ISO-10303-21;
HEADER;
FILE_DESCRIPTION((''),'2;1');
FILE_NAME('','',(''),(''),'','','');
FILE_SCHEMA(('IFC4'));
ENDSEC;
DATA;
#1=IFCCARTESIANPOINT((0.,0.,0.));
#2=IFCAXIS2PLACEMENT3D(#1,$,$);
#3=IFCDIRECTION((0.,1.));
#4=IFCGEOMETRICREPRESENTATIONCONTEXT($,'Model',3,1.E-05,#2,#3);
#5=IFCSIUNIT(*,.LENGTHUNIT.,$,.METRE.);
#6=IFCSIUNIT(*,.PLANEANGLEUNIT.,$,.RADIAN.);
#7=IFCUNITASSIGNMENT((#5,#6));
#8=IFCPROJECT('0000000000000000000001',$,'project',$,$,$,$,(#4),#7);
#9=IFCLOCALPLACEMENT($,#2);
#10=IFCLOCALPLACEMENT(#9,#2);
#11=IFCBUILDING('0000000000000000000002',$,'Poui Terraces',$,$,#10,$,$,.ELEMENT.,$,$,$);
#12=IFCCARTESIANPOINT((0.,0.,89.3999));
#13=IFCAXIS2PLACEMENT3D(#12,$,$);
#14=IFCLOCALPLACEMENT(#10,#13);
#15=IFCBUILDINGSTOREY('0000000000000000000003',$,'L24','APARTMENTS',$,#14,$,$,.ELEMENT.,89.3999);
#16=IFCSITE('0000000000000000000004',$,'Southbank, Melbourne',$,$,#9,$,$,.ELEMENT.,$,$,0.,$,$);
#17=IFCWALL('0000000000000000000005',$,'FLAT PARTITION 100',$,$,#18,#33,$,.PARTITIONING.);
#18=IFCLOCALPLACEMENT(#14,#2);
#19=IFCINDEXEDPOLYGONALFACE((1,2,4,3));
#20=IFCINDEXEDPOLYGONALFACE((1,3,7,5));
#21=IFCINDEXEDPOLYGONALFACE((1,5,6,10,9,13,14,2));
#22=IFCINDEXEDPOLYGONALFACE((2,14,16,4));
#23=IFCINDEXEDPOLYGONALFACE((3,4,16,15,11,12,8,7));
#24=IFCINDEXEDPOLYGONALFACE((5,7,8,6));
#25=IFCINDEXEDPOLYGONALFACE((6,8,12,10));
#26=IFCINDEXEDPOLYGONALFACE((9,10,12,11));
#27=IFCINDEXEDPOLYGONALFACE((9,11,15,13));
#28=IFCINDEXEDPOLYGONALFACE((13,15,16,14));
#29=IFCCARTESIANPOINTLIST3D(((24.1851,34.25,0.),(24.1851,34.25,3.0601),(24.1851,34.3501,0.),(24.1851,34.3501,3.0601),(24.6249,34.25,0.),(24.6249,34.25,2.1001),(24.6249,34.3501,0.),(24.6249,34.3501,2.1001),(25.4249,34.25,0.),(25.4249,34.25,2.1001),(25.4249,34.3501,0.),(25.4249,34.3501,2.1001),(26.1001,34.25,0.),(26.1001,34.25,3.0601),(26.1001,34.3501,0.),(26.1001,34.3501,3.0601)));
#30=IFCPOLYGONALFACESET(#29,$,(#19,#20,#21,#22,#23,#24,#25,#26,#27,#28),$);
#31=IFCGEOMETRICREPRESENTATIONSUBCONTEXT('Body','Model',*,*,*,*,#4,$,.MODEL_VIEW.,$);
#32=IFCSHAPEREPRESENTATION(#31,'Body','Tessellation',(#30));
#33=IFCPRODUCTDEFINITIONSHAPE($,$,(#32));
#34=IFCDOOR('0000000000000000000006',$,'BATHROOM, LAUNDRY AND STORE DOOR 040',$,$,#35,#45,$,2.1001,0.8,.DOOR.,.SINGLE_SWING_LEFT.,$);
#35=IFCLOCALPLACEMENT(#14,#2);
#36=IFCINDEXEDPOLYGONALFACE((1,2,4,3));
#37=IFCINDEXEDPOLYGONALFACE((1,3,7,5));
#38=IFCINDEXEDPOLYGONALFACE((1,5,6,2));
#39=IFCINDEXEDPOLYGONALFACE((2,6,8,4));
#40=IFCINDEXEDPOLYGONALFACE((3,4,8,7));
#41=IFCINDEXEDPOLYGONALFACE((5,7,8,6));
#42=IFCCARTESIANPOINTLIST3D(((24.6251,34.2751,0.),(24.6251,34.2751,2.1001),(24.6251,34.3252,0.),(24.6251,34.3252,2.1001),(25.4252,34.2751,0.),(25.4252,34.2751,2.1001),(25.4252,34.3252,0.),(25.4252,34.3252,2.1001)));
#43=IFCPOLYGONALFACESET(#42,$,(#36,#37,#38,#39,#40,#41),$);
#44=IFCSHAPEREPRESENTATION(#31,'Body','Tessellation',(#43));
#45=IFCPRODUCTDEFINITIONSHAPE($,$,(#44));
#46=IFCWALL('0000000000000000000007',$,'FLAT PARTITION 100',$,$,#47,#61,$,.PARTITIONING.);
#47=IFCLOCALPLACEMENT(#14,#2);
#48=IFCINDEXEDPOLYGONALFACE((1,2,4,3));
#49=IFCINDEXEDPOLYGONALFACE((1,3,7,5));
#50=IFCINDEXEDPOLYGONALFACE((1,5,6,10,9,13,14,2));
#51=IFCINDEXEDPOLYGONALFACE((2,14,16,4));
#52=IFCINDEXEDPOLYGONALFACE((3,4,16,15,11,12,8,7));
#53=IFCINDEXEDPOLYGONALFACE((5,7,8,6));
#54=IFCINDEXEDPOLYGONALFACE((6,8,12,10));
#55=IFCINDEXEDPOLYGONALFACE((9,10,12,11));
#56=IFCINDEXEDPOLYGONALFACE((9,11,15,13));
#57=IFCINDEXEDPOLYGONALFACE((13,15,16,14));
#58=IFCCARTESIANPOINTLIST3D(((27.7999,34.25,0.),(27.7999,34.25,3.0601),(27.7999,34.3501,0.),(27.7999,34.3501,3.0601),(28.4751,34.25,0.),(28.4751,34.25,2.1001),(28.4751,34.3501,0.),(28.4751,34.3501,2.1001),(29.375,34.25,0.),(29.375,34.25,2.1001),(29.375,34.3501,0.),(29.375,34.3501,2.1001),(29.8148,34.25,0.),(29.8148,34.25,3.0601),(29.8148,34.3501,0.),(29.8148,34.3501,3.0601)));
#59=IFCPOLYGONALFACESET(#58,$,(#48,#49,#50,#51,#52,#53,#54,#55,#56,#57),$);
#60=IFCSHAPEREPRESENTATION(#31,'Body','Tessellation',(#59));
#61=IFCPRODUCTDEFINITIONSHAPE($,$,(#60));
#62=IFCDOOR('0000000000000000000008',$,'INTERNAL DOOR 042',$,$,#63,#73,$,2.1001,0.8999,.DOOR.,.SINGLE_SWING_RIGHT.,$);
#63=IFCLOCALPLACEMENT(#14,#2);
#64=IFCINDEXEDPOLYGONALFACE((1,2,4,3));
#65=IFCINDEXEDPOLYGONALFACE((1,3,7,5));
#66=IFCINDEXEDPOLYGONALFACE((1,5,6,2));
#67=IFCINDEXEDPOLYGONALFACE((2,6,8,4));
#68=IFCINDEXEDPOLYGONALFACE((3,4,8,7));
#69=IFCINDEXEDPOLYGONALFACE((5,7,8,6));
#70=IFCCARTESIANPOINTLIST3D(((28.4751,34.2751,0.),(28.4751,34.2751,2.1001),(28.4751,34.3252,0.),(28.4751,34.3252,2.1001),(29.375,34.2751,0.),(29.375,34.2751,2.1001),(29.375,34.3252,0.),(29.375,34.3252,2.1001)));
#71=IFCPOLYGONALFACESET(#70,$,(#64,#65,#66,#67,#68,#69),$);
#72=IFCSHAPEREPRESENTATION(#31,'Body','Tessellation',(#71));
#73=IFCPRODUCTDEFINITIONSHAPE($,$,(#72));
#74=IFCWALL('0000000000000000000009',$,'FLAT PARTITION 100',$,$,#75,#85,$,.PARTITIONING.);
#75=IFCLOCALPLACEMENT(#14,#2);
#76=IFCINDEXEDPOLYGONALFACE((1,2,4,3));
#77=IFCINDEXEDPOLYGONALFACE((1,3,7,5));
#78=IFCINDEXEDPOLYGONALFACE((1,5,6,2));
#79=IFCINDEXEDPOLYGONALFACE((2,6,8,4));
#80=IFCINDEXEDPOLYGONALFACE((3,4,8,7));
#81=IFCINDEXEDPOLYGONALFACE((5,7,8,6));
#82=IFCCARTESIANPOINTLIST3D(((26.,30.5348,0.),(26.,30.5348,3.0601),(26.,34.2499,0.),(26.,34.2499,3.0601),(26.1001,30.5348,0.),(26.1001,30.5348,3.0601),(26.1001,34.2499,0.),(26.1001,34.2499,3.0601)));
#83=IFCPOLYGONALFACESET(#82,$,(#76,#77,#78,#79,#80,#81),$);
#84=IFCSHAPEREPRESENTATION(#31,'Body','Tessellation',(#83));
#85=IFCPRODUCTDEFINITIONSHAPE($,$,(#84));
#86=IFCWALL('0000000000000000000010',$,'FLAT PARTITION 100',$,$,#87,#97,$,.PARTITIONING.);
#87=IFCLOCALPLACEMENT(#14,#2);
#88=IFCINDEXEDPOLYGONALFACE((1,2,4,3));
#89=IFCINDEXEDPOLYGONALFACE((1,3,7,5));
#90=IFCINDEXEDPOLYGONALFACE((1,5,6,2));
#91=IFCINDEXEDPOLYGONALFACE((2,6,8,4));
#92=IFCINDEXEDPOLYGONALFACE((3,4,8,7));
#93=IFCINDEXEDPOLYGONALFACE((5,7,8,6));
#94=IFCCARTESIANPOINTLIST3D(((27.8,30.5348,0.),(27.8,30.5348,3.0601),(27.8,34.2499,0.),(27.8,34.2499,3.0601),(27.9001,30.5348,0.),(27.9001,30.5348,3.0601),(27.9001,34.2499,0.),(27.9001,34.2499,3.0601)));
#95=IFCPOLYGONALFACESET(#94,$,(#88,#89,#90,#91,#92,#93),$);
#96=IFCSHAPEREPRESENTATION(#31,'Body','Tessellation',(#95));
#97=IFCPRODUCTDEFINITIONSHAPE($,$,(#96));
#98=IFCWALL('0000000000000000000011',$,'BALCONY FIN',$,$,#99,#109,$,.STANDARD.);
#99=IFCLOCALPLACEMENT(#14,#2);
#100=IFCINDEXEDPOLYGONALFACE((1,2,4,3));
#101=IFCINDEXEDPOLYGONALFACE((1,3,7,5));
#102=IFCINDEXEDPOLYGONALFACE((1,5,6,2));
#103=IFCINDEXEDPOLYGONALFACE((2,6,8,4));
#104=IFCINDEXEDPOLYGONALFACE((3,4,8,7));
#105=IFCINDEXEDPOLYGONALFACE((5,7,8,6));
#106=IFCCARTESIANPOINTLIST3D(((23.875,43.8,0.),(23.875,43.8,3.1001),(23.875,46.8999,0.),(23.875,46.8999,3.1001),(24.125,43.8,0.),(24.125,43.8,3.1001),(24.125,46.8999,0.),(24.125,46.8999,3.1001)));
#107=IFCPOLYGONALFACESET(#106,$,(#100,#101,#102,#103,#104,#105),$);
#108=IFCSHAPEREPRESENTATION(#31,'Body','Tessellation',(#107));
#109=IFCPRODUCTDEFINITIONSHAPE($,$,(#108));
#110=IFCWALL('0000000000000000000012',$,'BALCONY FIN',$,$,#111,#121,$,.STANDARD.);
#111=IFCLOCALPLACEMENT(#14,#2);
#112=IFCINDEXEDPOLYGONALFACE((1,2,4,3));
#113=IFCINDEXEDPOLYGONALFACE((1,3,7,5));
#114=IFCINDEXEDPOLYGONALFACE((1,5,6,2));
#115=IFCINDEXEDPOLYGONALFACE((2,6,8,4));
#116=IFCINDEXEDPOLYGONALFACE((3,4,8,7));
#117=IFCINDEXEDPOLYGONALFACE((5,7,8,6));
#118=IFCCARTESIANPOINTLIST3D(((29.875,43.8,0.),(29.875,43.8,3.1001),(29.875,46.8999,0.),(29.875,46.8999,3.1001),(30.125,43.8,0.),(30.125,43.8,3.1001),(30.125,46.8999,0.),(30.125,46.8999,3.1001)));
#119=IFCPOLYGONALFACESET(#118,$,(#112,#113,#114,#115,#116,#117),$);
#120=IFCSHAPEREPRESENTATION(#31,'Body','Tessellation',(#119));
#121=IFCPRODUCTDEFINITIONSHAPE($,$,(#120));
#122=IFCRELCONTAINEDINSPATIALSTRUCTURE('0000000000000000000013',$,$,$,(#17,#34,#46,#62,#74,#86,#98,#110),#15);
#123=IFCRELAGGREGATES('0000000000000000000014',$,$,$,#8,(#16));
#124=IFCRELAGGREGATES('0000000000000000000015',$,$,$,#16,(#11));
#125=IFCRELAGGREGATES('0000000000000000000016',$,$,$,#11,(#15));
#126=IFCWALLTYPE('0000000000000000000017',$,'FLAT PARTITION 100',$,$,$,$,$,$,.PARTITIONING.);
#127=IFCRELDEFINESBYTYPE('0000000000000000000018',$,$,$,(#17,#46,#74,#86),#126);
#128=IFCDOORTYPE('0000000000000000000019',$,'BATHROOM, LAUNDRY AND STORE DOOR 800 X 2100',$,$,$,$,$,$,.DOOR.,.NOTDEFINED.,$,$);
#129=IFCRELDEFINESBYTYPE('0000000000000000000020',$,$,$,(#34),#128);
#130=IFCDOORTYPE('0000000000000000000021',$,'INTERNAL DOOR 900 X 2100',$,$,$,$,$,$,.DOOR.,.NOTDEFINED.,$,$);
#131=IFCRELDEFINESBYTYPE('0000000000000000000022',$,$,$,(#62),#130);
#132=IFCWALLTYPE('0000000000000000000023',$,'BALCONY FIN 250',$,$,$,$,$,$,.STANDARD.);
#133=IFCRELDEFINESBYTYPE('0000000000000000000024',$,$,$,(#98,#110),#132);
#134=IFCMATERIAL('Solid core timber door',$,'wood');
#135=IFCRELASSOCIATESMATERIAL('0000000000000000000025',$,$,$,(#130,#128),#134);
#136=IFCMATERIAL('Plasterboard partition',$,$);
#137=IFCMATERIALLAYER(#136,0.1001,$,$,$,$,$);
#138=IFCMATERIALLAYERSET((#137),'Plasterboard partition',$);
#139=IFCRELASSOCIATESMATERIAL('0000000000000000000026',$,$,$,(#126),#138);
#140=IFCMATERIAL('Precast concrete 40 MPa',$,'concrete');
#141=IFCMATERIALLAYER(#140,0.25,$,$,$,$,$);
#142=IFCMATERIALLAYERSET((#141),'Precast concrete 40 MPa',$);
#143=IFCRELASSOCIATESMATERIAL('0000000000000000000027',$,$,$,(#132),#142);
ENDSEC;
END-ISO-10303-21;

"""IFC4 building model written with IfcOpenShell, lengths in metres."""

from ifc_helpers import new_model, si_unit, direction, frame, frame_2d, origin, place, context, subcontext, project, spatial, polyline, rectangle, outline, extrude, source, transform, mapped, material, layer, layer_set, type_object, element, fill, save


model = new_model("IFC4")

# Units and contexts
model_context = context("Model", 3, precision=1e-05, world=origin(), true_north=direction((0.0, 1.0)))
body_context = subcontext(model_context, "Body", "Model", "MODEL_VIEW")
ifc_project = project(units=[si_unit("LENGTHUNIT", "METRE"), si_unit("PLANEANGLEUNIT", "RADIAN")], contexts=[model_context])

# Site, building, storey
site_placement = place(None, origin())
site = spatial("IfcSite", under=ifc_project, at=site_placement, Name="Southbank, Melbourne", CompositionType="ELEMENT", RefElevation=0.0)
building_placement = place(site_placement, origin())
building = spatial("IfcBuilding", under=site, at=building_placement, Name="Poui Terraces", CompositionType="ELEMENT")
storey_placement = place(building_placement, frame((0.0, 0.0, 89.3999)))
storey = spatial("IfcBuildingStorey", under=building, at=storey_placement, Name="L24", Description="APARTMENTS", CompositionType="ELEMENT", Elevation=89.3999)

# Walls, openings, doors
ifc_material_1 = material(Name="Solid core timber door", Category="wood")
door_type_1 = type_object("IfcDoorType", Name="INTERNAL DOOR 900 X 2100", OperationType="NOTDEFINED", PredefinedType="DOOR", material=ifc_material_1)
ifc_material_2 = material(Name="Plasterboard partition")
ifc_layer_1 = layer(ifc_material_2, 0.1001)
ifc_layer_set_1 = layer_set([ifc_layer_1], Name="Plasterboard partition")
wall_type_1 = type_object("IfcWallType", Name="FLAT PARTITION 100", PredefinedType="PARTITIONING", material=ifc_layer_set_1)
door_type_2 = type_object("IfcDoorType", Name="BATHROOM, LAUNDRY AND STORE DOOR 800 X 2100", OperationType="NOTDEFINED", PredefinedType="DOOR", material=ifc_material_1)
wall_1_placement = place(storey_placement, frame((24.1851, 34.3, 0.0), z_axis=(0.0, 0.0, 1.0), x_axis=(1.0, 0.0, 0.0)))
wall_1 = element("IfcWall", 1, at=wall_1_placement, inside=storey, type_object=wall_type_1, Name="FLAT PARTITION 100", PredefinedType="PARTITIONING", context=body_context, shape_type="SweptSolid", body=[
    extrude(rectangle(XDim=1.915, YDim=0.1001, at=frame_2d((0.9575, 0.0))), origin(), (0.0, 0.0, 1.0), 3.0601),
])
opening_1_placement = place(wall_1_placement, frame((0.4399, 0.0, 0.0)))
opening_1 = element("IfcOpeningElement", 2, at=opening_1_placement, cuts=wall_1, PredefinedType="OPENING", context=body_context, shape_type="SweptSolid", body=[
    extrude(rectangle(XDim=0.8, YDim=2.1001, at=frame_2d((0.3999, 1.05))), frame((0.0, 0.0601, 0.0), z_axis=(0.0, -1.0, 0.0), x_axis=(1.0, 0.0, 0.0)), (0.0, 0.0, 1.0), 0.1201),
])
door_1_placement = place(opening_1_placement, frame((0.8, 0.0, 0.0), z_axis=(0.0, 0.0, 1.0), x_axis=(-1.0, 0.0, 0.0)))
door_1 = element("IfcDoor", 3, at=door_1_placement, inside=storey, type_object=door_type_2, Name="BATHROOM, LAUNDRY AND STORE DOOR 040", OperationType="SINGLE_SWING_LEFT", OverallHeight=2.1001, OverallWidth=0.8, PredefinedType="DOOR", context=body_context, shape_type="SweptSolid", body=[
    extrude(rectangle(XDim=0.8, YDim=2.1001, at=frame_2d((0.3999, 1.05))), frame((0.0, 0.0249, 0.0), z_axis=(0.0, -1.0, 0.0), x_axis=(1.0, 0.0, 0.0)), (0.0, 0.0, 1.0), 0.05),
])
fill(opening_1, door_1)
wall_2_placement = place(storey_placement, frame((27.8, 34.3, 0.0), z_axis=(0.0, 0.0, 1.0), x_axis=(1.0, 0.0, 0.0)))
wall_2 = element("IfcWall", 4, at=wall_2_placement, inside=storey, type_object=wall_type_1, Name="FLAT PARTITION 100", PredefinedType="PARTITIONING", context=body_context, shape_type="SweptSolid", body=[
    extrude(rectangle(XDim=2.0149, YDim=0.1001, at=frame_2d((1.0073, 0.0))), origin(), (0.0, 0.0, 1.0), 3.0601),
])
opening_2_placement = place(wall_2_placement, frame((0.675, 0.0, 0.0)))
opening_2 = element("IfcOpeningElement", 5, at=opening_2_placement, cuts=wall_2, PredefinedType="OPENING", context=body_context, shape_type="SweptSolid", body=[
    extrude(rectangle(XDim=0.8999, YDim=2.1001, at=frame_2d((0.45, 1.05))), frame((0.0, 0.0601, 0.0), z_axis=(0.0, -1.0, 0.0), x_axis=(1.0, 0.0, 0.0)), (0.0, 0.0, 1.0), 0.1201),
])
door_2_placement = place(opening_2_placement, frame((0.8999, 0.0, 0.0), z_axis=(0.0, 0.0, 1.0), x_axis=(-1.0, 0.0, 0.0)))
door_2 = element("IfcDoor", 6, at=door_2_placement, inside=storey, type_object=door_type_1, Name="INTERNAL DOOR 042", OperationType="SINGLE_SWING_RIGHT", OverallHeight=2.1001, OverallWidth=0.8999, PredefinedType="DOOR", context=body_context, shape_type="SweptSolid", body=[
    extrude(rectangle(XDim=0.8999, YDim=2.1001, at=frame_2d((0.45, 1.05))), frame((0.0, 0.0249, 0.0), z_axis=(0.0, -1.0, 0.0), x_axis=(1.0, 0.0, 0.0)), (0.0, 0.0, 1.0), 0.05),
])
fill(opening_2, door_2)

# Walls
for number, where, z_axis, x_axis, name in (
    (7, (26.05, 30.5349, 0.0), (0.0, 0.0, 1.0), (0.0, 1.0, 0.0), "FLAT PARTITION 100"),
    (8, (27.8501, 30.5349, 0.0), (0.0, 0.0, 1.0), (0.0, 1.0, 0.0), "FLAT PARTITION 100"),
):
    element("IfcWall", number, at=place(storey_placement, frame(where, z_axis=z_axis, x_axis=x_axis)), inside=storey, type_object=wall_type_1, Name=name, PredefinedType="PARTITIONING", context=body_context, shape_type="SweptSolid", body=[
        extrude(rectangle(XDim=3.7151, YDim=0.1001, at=frame_2d((1.8574, 0.0))), origin(), (0.0, 0.0, 1.0), 3.0601),
    ])
ifc_material_3 = material(Name="Precast concrete 40 MPa", Category="concrete")
ifc_layer_2 = layer(ifc_material_3, 0.25)
ifc_layer_set_2 = layer_set([ifc_layer_2], Name="Precast concrete 40 MPa")
wall_type_2 = type_object("IfcWallType", Name="BALCONY FIN 250", PredefinedType="STANDARD", material=ifc_layer_set_2)
shared_shape_1 = source(origin(), body_context, "Body", "SweptSolid", [
    extrude(outline(polyline([(0.0, 0.0), (0.25, 0.0), (0.25, 3.0999), (0.0, 3.0999), (0.0, 0.0)])), origin(), (0.0, 0.0, 1.0), 3.1001),
])
for number, where, name in (
    (9, (23.875, 43.8, 0.0), "BALCONY FIN"),
    (10, (29.875, 43.8, 0.0), "BALCONY FIN"),
):
    element("IfcWall", number, at=place(storey_placement, frame(where)), inside=storey, type_object=wall_type_2, Name=name, PredefinedType="STANDARD", context=body_context, shape_type="MappedRepresentation", body=[
        mapped(shared_shape_1, transform((0.0, 0.0, 0.0))),
    ])

save(model, "model.ifc")
